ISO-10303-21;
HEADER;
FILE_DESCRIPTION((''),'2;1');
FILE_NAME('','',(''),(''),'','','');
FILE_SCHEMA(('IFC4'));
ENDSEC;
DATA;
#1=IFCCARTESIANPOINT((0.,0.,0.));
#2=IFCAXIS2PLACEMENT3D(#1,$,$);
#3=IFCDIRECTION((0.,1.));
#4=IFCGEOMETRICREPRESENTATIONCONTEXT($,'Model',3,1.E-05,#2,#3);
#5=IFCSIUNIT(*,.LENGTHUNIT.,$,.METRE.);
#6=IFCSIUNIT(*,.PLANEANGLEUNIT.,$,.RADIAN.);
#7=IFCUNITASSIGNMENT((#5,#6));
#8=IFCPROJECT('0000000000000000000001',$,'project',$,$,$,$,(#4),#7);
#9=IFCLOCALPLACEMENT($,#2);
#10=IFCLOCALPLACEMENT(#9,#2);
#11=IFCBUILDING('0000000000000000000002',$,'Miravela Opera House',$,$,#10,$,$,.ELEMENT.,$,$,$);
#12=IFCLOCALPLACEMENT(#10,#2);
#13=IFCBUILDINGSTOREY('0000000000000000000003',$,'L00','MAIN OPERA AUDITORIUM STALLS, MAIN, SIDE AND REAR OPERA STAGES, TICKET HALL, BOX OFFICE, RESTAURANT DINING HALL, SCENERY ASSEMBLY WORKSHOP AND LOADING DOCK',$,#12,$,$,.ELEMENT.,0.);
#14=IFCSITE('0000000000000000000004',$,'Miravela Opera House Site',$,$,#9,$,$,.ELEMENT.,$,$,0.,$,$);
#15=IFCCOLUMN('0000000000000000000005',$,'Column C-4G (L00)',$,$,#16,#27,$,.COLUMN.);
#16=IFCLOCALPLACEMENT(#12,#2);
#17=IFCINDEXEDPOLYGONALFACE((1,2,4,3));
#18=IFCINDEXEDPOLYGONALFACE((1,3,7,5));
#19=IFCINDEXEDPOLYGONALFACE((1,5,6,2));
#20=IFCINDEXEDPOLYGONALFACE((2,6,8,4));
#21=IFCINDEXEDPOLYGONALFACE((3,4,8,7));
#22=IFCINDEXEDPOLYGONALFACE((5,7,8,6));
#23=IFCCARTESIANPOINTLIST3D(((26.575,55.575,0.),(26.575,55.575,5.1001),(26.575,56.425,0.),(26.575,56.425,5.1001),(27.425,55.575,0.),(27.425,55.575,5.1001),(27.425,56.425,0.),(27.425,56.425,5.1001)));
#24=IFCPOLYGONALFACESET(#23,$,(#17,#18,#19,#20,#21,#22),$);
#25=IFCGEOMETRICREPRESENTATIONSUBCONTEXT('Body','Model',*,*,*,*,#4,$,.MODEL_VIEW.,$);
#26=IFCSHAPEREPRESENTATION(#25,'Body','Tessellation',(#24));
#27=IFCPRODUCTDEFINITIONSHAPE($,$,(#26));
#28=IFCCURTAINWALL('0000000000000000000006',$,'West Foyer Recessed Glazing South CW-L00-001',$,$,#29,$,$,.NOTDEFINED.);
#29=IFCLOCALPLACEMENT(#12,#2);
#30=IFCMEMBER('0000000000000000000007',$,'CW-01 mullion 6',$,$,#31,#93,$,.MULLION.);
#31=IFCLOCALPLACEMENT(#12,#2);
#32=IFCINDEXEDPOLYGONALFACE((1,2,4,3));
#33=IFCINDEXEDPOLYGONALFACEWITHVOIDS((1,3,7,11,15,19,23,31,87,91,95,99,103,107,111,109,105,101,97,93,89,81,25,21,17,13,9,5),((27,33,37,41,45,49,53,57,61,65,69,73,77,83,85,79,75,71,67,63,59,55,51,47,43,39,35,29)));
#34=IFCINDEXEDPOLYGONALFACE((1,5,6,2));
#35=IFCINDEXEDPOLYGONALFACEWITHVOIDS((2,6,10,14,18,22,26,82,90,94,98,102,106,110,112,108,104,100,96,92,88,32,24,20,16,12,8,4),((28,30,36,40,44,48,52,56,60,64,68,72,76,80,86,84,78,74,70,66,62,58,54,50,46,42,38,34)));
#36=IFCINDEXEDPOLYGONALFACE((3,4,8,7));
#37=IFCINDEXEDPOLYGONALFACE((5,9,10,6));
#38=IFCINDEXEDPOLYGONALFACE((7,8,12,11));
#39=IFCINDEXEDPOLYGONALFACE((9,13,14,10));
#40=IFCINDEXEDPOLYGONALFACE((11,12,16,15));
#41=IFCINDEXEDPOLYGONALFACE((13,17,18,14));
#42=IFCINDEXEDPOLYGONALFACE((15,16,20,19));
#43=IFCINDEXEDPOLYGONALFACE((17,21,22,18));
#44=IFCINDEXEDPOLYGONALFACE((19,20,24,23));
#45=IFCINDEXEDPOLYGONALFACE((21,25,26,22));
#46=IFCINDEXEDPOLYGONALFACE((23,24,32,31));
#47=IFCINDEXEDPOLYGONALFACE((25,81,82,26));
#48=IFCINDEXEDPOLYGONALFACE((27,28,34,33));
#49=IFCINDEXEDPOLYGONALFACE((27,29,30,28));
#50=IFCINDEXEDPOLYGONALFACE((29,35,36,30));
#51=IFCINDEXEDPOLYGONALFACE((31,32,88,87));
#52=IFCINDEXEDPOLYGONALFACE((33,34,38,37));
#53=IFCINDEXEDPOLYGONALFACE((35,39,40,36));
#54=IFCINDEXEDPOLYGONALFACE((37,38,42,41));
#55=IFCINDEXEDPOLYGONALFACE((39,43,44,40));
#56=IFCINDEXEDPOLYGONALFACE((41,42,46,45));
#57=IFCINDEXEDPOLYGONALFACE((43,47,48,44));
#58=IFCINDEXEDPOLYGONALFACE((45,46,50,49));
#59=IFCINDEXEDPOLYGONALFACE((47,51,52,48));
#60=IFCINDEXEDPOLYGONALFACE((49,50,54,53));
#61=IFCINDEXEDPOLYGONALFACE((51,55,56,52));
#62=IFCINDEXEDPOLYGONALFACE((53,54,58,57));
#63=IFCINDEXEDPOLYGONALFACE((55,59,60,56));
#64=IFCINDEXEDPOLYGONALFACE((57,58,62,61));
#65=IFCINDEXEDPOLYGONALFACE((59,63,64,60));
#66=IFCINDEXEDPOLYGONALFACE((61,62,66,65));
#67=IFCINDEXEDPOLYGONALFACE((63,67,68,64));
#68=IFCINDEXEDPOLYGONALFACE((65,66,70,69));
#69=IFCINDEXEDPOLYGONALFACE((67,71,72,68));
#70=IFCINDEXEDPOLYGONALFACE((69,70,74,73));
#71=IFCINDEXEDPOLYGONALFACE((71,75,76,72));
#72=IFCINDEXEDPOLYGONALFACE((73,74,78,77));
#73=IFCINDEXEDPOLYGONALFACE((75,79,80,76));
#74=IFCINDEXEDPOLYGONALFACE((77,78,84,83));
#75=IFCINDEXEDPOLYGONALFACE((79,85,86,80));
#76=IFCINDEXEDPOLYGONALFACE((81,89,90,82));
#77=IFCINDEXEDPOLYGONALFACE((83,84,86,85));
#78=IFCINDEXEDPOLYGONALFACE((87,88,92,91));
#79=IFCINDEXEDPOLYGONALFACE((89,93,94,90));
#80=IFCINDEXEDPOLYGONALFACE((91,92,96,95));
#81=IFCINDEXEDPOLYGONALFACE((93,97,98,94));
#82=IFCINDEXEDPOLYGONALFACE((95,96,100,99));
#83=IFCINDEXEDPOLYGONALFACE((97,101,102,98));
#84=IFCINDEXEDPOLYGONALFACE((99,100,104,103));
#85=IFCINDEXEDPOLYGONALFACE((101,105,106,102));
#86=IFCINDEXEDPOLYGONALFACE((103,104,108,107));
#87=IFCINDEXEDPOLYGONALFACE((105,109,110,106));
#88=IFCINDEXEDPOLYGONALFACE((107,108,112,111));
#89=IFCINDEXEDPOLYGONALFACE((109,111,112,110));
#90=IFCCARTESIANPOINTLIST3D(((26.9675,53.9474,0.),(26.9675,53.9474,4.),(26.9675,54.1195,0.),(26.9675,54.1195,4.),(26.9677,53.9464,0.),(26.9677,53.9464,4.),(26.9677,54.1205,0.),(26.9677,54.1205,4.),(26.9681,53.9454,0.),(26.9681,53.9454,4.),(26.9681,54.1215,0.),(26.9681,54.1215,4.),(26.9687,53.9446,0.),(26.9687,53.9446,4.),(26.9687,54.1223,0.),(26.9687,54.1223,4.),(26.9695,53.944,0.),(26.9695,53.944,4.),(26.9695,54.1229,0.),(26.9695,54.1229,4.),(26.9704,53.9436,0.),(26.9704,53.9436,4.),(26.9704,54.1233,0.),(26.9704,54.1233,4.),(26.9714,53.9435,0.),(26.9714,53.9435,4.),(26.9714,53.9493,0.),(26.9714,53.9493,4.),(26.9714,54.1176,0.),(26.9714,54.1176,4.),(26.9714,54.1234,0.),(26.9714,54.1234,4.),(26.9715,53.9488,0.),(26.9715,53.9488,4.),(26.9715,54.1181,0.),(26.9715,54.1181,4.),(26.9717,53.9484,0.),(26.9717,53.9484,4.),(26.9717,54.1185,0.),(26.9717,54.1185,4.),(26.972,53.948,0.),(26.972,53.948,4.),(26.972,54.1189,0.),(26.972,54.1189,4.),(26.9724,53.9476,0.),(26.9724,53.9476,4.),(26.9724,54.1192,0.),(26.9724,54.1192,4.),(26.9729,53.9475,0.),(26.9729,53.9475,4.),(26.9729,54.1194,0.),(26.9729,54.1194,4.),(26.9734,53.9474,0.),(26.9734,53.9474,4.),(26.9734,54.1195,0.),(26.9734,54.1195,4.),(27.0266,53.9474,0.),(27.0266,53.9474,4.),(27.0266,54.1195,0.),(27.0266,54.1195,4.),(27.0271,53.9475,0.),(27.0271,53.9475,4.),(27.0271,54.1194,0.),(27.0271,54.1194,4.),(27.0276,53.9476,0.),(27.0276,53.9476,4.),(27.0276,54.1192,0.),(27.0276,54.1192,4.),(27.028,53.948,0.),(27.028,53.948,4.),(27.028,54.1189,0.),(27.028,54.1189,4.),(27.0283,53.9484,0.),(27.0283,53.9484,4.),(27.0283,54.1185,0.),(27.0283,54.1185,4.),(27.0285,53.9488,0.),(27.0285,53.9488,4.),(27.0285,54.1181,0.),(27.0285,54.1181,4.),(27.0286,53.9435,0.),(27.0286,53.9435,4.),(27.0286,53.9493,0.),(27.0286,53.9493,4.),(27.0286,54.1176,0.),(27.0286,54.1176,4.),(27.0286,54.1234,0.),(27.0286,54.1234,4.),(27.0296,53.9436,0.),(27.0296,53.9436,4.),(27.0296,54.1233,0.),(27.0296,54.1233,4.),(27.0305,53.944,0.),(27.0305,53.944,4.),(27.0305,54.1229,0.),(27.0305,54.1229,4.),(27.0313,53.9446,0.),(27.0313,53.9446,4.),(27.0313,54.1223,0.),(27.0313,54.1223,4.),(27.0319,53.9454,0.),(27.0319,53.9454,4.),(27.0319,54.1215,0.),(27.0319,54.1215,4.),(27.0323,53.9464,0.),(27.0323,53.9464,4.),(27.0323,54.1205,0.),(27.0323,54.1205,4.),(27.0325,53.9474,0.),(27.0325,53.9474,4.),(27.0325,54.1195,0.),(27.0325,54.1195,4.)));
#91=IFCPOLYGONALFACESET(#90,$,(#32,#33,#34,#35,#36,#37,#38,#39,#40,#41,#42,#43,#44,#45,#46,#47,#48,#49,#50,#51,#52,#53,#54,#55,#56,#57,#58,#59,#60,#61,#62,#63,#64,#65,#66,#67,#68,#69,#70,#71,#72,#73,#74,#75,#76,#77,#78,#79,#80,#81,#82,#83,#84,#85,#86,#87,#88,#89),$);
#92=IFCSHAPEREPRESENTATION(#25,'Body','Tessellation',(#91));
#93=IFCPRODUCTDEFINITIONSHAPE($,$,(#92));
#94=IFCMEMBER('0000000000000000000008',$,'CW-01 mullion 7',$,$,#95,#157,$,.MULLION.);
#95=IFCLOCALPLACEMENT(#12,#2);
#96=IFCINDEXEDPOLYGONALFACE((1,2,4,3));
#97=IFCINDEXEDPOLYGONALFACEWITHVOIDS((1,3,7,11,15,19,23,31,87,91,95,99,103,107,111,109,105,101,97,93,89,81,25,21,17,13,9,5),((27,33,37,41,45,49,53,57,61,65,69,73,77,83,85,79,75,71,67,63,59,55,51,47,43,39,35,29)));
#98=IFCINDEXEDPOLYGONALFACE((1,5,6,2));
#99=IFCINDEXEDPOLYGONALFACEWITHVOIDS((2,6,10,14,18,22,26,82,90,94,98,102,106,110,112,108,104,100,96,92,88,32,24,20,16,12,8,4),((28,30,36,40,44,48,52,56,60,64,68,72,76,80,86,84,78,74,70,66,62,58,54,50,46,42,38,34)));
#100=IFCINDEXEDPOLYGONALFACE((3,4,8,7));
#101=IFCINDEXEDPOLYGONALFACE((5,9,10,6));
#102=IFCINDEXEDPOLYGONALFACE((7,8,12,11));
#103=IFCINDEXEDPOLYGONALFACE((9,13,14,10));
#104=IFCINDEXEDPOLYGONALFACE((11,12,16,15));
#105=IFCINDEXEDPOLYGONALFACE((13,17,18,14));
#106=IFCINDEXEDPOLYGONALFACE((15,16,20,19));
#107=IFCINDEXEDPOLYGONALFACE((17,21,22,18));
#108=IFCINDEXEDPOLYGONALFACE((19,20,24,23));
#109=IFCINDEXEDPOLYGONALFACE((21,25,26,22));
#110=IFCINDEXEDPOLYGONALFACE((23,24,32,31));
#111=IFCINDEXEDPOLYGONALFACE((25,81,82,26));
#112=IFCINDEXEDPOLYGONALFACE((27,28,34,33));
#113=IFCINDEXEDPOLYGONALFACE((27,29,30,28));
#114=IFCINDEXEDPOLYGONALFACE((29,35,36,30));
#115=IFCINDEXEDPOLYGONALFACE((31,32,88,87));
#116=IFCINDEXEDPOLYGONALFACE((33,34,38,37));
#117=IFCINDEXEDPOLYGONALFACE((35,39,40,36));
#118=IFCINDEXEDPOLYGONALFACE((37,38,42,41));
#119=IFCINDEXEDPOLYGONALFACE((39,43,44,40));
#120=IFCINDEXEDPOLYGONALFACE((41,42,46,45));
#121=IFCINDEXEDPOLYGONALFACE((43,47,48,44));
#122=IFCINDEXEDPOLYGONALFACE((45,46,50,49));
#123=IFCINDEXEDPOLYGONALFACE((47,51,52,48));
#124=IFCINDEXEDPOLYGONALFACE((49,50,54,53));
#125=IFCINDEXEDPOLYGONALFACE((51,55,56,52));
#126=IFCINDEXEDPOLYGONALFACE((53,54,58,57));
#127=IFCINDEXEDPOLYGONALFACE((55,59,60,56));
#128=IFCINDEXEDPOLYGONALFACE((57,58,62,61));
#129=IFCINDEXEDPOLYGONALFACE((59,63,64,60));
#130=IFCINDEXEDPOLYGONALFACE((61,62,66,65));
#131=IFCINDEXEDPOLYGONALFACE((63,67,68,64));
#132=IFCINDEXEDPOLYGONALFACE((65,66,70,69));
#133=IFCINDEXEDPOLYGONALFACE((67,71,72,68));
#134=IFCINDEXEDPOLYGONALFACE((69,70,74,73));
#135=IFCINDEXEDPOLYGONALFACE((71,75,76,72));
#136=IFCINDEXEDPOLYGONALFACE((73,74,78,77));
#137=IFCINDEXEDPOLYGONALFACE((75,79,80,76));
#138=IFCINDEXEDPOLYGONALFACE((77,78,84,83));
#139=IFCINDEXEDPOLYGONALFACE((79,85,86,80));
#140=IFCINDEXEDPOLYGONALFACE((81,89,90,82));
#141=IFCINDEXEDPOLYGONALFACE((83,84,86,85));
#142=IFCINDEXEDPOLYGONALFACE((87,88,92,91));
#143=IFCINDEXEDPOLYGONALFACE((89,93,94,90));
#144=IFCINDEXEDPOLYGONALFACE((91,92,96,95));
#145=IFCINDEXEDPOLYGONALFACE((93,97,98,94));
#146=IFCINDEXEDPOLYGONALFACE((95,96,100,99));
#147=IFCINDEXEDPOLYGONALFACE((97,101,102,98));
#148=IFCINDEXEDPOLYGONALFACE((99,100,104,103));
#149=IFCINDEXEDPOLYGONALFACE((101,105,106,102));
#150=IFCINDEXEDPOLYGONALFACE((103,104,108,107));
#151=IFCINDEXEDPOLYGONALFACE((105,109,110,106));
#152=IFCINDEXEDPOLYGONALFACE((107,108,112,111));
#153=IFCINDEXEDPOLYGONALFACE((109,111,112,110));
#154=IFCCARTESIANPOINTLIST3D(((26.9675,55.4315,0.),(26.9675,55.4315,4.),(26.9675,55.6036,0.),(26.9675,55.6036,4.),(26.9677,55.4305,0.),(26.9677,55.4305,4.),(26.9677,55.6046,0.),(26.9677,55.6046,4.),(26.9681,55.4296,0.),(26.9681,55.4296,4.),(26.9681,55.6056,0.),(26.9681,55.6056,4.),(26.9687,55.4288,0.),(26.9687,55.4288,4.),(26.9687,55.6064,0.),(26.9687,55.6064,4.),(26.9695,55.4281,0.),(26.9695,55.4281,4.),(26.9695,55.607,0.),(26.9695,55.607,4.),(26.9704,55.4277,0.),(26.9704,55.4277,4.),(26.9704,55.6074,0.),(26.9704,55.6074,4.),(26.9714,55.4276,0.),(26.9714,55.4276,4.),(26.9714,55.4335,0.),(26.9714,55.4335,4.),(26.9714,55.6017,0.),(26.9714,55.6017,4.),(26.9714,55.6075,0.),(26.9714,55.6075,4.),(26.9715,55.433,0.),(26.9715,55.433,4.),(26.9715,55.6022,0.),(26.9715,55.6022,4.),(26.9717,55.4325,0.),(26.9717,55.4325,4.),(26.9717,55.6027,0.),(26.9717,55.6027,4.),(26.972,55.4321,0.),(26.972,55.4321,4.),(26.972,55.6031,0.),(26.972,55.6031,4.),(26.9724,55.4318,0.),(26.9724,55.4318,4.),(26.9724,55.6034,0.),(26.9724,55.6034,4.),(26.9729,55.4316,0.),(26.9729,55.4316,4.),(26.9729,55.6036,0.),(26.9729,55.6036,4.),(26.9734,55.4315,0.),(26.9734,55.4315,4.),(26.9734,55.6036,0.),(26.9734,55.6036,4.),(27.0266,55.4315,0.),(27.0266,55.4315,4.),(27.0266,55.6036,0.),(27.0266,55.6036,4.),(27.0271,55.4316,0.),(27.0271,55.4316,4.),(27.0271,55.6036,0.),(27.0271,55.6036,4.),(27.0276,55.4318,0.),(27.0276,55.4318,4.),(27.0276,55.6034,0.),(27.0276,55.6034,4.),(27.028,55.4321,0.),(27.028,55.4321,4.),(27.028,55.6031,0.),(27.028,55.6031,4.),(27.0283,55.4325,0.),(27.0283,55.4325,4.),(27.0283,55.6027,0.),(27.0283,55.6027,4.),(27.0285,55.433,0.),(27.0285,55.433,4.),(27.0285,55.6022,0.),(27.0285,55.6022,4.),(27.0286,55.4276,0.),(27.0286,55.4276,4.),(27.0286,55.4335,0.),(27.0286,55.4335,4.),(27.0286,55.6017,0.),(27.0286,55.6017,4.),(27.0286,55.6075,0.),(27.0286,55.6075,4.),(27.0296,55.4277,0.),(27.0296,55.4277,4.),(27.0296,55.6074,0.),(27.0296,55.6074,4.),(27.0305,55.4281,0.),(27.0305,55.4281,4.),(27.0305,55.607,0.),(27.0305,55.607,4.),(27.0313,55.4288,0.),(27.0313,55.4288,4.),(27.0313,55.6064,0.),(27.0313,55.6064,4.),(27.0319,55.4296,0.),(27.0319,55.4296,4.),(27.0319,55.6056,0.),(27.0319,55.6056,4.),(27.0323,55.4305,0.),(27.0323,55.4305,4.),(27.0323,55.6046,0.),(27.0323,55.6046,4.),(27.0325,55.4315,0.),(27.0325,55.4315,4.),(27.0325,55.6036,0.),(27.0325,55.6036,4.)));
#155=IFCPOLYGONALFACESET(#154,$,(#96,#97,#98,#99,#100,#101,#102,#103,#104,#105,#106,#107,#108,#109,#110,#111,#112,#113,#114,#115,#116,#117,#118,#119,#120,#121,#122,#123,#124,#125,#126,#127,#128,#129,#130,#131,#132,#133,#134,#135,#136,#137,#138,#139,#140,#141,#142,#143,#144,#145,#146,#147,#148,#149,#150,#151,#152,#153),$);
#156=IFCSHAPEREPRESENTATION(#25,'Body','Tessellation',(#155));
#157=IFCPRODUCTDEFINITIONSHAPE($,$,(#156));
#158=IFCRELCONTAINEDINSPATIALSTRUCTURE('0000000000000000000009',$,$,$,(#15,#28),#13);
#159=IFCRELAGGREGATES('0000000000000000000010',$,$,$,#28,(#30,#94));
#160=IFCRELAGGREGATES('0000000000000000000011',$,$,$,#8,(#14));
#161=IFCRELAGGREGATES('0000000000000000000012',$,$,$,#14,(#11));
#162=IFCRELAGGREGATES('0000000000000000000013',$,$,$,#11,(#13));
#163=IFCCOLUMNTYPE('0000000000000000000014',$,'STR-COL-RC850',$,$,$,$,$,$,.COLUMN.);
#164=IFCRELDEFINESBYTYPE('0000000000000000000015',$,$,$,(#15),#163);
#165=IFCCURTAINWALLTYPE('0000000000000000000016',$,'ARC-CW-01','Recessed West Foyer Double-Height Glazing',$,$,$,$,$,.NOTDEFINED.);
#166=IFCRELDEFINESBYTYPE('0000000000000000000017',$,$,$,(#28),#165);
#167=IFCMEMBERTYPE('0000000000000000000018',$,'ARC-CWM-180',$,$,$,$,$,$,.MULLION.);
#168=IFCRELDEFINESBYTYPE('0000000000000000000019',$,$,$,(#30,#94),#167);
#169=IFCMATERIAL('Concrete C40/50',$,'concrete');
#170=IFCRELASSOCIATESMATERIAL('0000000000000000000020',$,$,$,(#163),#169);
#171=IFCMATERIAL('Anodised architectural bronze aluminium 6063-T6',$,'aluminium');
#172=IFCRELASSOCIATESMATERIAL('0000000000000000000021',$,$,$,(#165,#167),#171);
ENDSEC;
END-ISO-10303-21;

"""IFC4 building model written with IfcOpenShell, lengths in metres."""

from ifc_helpers import new_model, si_unit, direction, frame, origin, origin_2d, place, context, subcontext, project, spatial, rectangle, hollow_rectangle, extrude, material, material_profile, profile_set, type_object, element, aggregate, save


model = new_model("IFC4")

# Units and contexts
model_context = context("Model", 3, precision=1e-05, world=origin(), true_north=direction((0.0, 1.0)))
body_context = subcontext(model_context, "Body", "Model", "MODEL_VIEW")
ifc_project = project(units=[si_unit("LENGTHUNIT", "METRE"), si_unit("PLANEANGLEUNIT", "RADIAN")], contexts=[model_context])

# Site, building, storey
site_placement = place(None, origin())
site = spatial("IfcSite", under=ifc_project, at=site_placement, Name="Miravela Opera House Site", CompositionType="ELEMENT", RefElevation=0.0)
building_placement = place(site_placement, origin())
building = spatial("IfcBuilding", under=site, at=building_placement, Name="Miravela Opera House", CompositionType="ELEMENT")
storey_placement = place(building_placement, origin())
storey = spatial("IfcBuildingStorey", under=building, at=storey_placement, Name="L00", Description="MAIN OPERA AUDITORIUM STALLS, MAIN, SIDE AND REAR OPERA STAGES, TICKET HALL, BOX OFFICE, RESTAURANT DINING HALL, SCENERY ASSEMBLY WORKSHOP AND LOADING DOCK", CompositionType="ELEMENT", Elevation=0.0)

# Column
ifc_material_1 = material(Name="Concrete C40/50", Category="concrete")
ifc_material_profile_1 = material_profile(ifc_material_1, rectangle(XDim=0.8501, YDim=0.8501, at=origin_2d()), Name="RC-COL-850X850")
ifc_profile_set_1 = profile_set([ifc_material_profile_1])
column_type = type_object("IfcColumnType", Name="STR-COL-RC850", PredefinedType="COLUMN", material=ifc_profile_set_1)
column_placement = place(storey_placement, frame((27.0, 56.0, 0.0), z_axis=(0.0, 0.0, 1.0), x_axis=(1.0, 0.0, 0.0)))
element("IfcColumn", 1, at=column_placement, inside=storey, type_object=column_type, Name="Column C-4G (L00)", PredefinedType="COLUMN", context=body_context, shape_type="SweptSolid", body=[
    extrude(rectangle(XDim=0.8501, YDim=0.8501, at=origin_2d()), origin(), (0.0, 0.0, 1.0), 5.1001),
])

# Curtain wall, members
ifc_material_2 = material(Name="Anodised architectural bronze aluminium 6063-T6", Category="aluminium")
curtain_wall_type = type_object("IfcCurtainWallType", Name="ARC-CW-01", Description="Recessed West Foyer Double-Height Glazing", PredefinedType="NOTDEFINED", material=ifc_material_2)
curtain_wall_1_placement = place(storey_placement, origin())
curtain_wall_1 = element("IfcCurtainWall", 2, at=curtain_wall_1_placement, inside=storey, type_object=curtain_wall_type, Name="West Foyer Recessed Glazing South CW-L00-001", PredefinedType="NOTDEFINED")
ifc_material_profile_2 = material_profile(ifc_material_2, hollow_rectangle(XDim=0.0649, YDim=0.1799, WallThickness=0.0039, InnerFilletRadius=0.002, OuterFilletRadius=0.0039, at=origin_2d()), Name="CWM-65X180")
ifc_profile_set_2 = profile_set([ifc_material_profile_2])
member_type_1 = type_object("IfcMemberType", Name="ARC-CWM-180", PredefinedType="MULLION", material=ifc_profile_set_2)
member_1_placement = place(storey_placement, frame((27.0, 54.0334, 0.0), z_axis=(0.0, 0.0, 1.0), x_axis=(-1.0, 0.0, 0.0)))
member_1 = element("IfcMember", 3, at=member_1_placement, type_object=member_type_1, Name="CW-01 mullion 6", PredefinedType="MULLION", context=body_context, shape_type="SweptSolid", body=[
    extrude(hollow_rectangle(XDim=0.0649, YDim=0.1799, WallThickness=0.0039, InnerFilletRadius=0.002, OuterFilletRadius=0.0039, at=origin_2d()), origin(), (0.0, 0.0, 1.0), 4.0),
])
member_2_placement = place(storey_placement, frame((27.0, 55.5176, 0.0), z_axis=(0.0, 0.0, 1.0), x_axis=(-1.0, 0.0, 0.0)))
member_2 = element("IfcMember", 4, at=member_2_placement, type_object=member_type_1, Name="CW-01 mullion 7", PredefinedType="MULLION", context=body_context, shape_type="SweptSolid", body=[
    extrude(hollow_rectangle(XDim=0.0649, YDim=0.1799, WallThickness=0.0039, InnerFilletRadius=0.002, OuterFilletRadius=0.0039, at=origin_2d()), origin(), (0.0, 0.0, 1.0), 4.0),
])

aggregate(curtain_wall_1, [member_1, member_2])

save(model, "model.ifc")
